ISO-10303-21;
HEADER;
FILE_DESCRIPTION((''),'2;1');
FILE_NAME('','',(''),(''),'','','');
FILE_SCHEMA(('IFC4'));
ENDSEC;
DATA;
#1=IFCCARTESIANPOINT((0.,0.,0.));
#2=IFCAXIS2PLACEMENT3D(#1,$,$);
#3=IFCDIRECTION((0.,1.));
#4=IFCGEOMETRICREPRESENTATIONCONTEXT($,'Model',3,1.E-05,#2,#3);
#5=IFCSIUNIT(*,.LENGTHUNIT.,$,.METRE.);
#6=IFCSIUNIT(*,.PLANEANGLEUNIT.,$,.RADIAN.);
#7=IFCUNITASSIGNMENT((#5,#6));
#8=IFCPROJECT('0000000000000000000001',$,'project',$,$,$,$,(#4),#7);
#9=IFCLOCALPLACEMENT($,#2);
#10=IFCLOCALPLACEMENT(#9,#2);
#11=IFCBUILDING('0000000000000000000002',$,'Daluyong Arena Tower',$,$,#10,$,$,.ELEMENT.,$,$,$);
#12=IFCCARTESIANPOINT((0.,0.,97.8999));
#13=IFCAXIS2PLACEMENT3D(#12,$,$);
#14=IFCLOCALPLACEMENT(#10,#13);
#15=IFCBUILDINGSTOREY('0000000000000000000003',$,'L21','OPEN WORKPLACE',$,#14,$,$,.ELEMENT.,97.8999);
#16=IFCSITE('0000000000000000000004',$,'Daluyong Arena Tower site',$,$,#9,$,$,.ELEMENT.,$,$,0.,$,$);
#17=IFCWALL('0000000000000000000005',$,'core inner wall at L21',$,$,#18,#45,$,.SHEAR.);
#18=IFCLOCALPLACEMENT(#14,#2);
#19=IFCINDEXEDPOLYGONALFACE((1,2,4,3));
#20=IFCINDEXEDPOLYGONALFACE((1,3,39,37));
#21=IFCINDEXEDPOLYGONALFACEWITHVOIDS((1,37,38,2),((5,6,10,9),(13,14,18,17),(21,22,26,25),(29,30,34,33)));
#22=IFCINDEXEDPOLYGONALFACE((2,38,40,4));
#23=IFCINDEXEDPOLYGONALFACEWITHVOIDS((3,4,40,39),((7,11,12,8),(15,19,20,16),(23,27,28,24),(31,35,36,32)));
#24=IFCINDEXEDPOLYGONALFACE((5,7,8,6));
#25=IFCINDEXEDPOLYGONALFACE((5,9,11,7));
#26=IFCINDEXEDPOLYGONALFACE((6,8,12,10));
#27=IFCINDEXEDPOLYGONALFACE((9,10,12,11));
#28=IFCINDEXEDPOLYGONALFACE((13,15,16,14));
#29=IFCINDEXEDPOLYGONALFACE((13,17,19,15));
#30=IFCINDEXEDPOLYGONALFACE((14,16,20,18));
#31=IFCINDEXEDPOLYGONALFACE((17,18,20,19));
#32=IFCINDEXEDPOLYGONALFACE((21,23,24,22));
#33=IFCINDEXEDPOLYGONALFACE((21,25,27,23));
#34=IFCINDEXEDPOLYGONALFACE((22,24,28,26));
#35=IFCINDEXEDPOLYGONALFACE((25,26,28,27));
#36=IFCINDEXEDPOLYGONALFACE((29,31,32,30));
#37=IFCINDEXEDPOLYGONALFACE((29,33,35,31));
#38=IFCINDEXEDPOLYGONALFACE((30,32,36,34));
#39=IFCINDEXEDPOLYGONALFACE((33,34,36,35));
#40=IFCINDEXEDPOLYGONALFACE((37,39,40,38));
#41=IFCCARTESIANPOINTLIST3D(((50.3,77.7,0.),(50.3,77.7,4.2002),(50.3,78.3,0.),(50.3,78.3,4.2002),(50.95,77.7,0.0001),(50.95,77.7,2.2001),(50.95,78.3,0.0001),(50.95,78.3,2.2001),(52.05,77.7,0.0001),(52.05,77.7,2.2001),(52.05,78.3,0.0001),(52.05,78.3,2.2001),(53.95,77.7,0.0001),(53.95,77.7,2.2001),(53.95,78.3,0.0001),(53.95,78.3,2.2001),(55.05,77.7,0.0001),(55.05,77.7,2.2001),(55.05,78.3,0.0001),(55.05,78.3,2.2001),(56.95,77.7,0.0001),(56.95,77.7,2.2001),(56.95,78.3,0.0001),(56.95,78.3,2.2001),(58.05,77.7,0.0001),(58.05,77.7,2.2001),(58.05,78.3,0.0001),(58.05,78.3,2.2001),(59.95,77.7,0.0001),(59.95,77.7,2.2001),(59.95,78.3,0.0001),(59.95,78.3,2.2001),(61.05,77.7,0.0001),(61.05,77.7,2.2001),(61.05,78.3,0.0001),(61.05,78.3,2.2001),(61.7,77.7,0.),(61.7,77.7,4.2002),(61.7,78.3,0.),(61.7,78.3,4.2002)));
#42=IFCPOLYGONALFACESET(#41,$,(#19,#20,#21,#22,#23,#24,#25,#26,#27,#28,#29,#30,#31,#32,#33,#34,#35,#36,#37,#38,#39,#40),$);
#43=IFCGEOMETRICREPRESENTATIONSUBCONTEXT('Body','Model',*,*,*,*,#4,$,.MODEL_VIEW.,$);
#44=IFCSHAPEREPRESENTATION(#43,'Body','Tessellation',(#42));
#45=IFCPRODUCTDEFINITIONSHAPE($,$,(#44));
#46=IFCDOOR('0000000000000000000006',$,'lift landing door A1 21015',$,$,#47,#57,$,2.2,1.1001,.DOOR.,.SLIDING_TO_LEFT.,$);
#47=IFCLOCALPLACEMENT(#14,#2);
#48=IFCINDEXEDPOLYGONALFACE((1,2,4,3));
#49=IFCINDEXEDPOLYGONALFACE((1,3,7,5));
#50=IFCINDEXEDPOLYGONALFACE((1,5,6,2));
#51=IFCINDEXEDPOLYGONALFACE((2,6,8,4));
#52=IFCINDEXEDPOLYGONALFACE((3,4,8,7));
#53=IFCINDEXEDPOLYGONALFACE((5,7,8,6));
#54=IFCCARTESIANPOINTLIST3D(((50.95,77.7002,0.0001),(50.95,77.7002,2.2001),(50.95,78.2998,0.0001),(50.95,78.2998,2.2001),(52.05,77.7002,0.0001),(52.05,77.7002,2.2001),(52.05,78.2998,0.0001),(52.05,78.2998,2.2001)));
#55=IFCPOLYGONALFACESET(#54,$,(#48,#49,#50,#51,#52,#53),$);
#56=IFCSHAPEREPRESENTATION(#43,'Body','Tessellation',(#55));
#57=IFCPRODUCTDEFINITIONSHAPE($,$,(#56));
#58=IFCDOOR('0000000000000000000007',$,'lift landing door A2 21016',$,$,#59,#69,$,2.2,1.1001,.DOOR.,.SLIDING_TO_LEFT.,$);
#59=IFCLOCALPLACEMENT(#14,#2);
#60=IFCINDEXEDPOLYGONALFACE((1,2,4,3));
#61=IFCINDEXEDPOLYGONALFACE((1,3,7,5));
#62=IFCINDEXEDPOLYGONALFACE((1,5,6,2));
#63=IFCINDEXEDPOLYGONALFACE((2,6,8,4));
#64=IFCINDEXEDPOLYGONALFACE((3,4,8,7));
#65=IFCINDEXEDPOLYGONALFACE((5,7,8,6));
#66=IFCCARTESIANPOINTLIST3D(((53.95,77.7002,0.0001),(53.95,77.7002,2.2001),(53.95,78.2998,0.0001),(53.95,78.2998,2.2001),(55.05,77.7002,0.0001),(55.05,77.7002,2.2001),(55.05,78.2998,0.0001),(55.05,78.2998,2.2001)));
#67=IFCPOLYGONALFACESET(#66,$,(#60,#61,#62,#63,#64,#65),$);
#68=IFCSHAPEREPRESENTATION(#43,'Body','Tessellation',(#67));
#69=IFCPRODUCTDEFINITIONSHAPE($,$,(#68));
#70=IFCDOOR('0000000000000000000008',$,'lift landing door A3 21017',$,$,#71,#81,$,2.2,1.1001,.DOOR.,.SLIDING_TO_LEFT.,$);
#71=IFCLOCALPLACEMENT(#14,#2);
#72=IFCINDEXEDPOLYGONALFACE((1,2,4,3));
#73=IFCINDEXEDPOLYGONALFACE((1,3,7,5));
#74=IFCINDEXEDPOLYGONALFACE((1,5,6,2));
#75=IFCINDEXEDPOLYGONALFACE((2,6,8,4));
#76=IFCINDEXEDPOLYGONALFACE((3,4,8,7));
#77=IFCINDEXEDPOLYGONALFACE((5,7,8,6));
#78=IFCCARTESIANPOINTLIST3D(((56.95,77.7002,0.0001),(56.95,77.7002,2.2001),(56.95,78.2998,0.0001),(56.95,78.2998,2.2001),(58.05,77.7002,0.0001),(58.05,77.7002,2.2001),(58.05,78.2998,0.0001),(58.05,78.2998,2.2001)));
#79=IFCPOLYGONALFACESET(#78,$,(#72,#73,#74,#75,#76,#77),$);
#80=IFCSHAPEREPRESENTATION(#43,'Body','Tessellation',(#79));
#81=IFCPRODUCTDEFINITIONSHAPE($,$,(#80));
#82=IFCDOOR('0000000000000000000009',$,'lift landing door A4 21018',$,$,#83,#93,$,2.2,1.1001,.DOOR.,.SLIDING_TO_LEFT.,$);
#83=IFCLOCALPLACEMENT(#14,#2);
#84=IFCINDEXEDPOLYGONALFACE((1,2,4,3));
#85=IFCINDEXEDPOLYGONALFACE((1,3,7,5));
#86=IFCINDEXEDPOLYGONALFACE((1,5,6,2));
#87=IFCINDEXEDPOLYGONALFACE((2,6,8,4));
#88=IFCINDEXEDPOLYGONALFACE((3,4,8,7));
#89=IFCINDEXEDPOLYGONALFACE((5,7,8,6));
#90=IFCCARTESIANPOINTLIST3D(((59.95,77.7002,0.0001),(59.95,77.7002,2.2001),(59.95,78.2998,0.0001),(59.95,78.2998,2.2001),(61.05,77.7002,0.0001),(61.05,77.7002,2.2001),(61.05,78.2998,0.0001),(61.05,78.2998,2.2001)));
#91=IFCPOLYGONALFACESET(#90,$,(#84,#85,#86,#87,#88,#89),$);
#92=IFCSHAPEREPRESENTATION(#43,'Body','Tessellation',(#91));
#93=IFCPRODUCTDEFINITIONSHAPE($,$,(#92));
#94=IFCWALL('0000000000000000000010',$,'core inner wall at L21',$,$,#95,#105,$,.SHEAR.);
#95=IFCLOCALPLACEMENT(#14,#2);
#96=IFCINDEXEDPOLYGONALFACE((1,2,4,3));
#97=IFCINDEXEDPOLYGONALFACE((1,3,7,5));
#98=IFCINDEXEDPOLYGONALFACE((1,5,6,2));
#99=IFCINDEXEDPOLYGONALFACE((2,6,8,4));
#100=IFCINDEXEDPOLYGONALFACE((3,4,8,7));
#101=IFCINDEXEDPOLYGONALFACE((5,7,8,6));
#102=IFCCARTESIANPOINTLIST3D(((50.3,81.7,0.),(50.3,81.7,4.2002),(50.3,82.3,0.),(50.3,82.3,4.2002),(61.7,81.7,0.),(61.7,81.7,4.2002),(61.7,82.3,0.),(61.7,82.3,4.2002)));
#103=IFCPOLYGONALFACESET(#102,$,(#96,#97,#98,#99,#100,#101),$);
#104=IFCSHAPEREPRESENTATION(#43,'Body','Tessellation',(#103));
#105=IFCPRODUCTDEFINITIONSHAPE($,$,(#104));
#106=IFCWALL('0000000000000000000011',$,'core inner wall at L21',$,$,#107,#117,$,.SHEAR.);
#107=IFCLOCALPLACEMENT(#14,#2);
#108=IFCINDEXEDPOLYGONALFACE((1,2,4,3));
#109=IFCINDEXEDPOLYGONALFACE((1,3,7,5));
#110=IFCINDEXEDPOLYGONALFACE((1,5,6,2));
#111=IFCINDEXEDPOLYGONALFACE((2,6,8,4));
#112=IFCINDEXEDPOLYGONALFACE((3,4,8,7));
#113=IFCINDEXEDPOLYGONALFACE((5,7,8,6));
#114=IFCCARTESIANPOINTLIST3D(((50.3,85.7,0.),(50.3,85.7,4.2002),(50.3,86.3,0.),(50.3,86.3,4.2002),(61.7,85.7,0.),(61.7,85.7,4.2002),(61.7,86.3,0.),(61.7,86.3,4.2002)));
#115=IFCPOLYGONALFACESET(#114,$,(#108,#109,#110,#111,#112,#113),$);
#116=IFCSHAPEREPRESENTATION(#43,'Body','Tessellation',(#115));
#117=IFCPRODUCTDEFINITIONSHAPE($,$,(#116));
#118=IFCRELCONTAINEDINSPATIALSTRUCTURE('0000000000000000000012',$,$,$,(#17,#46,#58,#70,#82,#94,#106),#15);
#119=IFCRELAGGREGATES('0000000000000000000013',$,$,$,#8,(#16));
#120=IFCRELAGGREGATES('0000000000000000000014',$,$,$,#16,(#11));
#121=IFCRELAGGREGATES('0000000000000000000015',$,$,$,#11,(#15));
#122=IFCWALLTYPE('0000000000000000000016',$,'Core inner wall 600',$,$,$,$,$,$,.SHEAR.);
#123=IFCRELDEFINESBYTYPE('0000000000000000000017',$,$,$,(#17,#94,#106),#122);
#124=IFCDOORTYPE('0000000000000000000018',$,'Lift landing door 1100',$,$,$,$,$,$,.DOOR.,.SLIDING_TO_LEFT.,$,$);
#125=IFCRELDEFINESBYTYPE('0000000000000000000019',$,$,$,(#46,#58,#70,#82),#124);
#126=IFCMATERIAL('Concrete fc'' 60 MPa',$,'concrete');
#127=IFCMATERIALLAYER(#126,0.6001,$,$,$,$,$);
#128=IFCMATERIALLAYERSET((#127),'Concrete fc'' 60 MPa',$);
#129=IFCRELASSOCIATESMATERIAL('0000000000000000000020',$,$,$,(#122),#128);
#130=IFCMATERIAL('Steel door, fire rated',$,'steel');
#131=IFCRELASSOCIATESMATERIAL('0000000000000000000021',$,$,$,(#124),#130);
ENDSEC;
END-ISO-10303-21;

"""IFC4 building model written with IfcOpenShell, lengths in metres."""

from ifc_helpers import new_model, si_unit, direction, frame, frame_2d, origin, place, context, subcontext, project, spatial, rectangle, extrude, material, layer, layer_set, type_object, element, fill, save


model = new_model("IFC4")

# Units and contexts
model_context = context("Model", 3, precision=1e-05, world=origin(), true_north=direction((0.0, 1.0)))
body_context = subcontext(model_context, "Body", "Model", "MODEL_VIEW")
ifc_project = project(units=[si_unit("LENGTHUNIT", "METRE"), si_unit("PLANEANGLEUNIT", "RADIAN")], contexts=[model_context])

# Site, building, storey
site_placement = place(None, origin())
site = spatial("IfcSite", under=ifc_project, at=site_placement, Name="Daluyong Arena Tower site", CompositionType="ELEMENT", RefElevation=0.0)
building_placement = place(site_placement, origin())
building = spatial("IfcBuilding", under=site, at=building_placement, Name="Daluyong Arena Tower", CompositionType="ELEMENT")
storey_placement = place(building_placement, frame((0.0, 0.0, 97.8999)))
storey = spatial("IfcBuildingStorey", under=building, at=storey_placement, Name="L21", Description="OPEN WORKPLACE", CompositionType="ELEMENT", Elevation=97.8999)

# Shared definitions
ifc_material_1 = material(Name="Concrete fc' 60 MPa", Category="concrete")
ifc_layer_1 = layer(ifc_material_1, 0.6001)
ifc_layer_set_1 = layer_set([ifc_layer_1], Name="Concrete fc' 60 MPa")
wall_type_1 = type_object("IfcWallType", Name="Core inner wall 600", PredefinedType="SHEAR", material=ifc_layer_set_1)

# Wall, openings, doors
wall_1_placement = place(storey_placement, frame((50.3, 78.0, 0.0), z_axis=(0.0, 0.0, 1.0), x_axis=(1.0, 0.0, 0.0)))
wall_1 = element("IfcWall", 1, at=wall_1_placement, inside=storey, type_object=wall_type_1, Name="core inner wall at L21", PredefinedType="SHEAR", context=body_context, shape_type="SweptSolid", body=[
    extrude(rectangle(XDim=11.3999, YDim=0.6001, at=frame_2d((5.7, 0.0))), origin(), (0.0, 0.0, 1.0), 4.2002),
])
opening_1_placement = place(wall_1_placement, frame((0.6499, 0.0, 0.0)))
opening_1 = element("IfcOpeningElement", 2, at=opening_1_placement, cuts=wall_1, PredefinedType="OPENING", context=body_context, shape_type="SweptSolid", body=[
    extrude(rectangle(XDim=1.1001, YDim=2.2, at=frame_2d((0.55, 1.1001))), frame((0.0, 0.3101, 0.0), z_axis=(0.0, -1.0, 0.0), x_axis=(1.0, 0.0, 0.0)), (0.0, 0.0, 1.0), 0.6201),
])
opening_2_placement = place(wall_1_placement, frame((3.6499, 0.0, 0.0)))
opening_2 = element("IfcOpeningElement", 3, at=opening_2_placement, cuts=wall_1, PredefinedType="OPENING", context=body_context, shape_type="SweptSolid", body=[
    extrude(rectangle(XDim=1.1001, YDim=2.2, at=frame_2d((0.55, 1.1001))), frame((0.0, 0.3101, 0.0), z_axis=(0.0, -1.0, 0.0), x_axis=(1.0, 0.0, 0.0)), (0.0, 0.0, 1.0), 0.6201),
])
opening_3_placement = place(wall_1_placement, frame((6.6499, 0.0, 0.0)))
opening_3 = element("IfcOpeningElement", 4, at=opening_3_placement, cuts=wall_1, PredefinedType="OPENING", context=body_context, shape_type="SweptSolid", body=[
    extrude(rectangle(XDim=1.1001, YDim=2.2, at=frame_2d((0.55, 1.1001))), frame((0.0, 0.3101, 0.0), z_axis=(0.0, -1.0, 0.0), x_axis=(1.0, 0.0, 0.0)), (0.0, 0.0, 1.0), 0.6201),
])
opening_4_placement = place(wall_1_placement, frame((9.6499, 0.0, 0.0)))
opening_4 = element("IfcOpeningElement", 5, at=opening_4_placement, cuts=wall_1, PredefinedType="OPENING", context=body_context, shape_type="SweptSolid", body=[
    extrude(rectangle(XDim=1.1001, YDim=2.2, at=frame_2d((0.55, 1.1001))), frame((0.0, 0.3101, 0.0), z_axis=(0.0, -1.0, 0.0), x_axis=(1.0, 0.0, 0.0)), (0.0, 0.0, 1.0), 0.6201),
])
ifc_material_2 = material(Name="Steel door, fire rated", Category="steel")
door_type_1 = type_object("IfcDoorType", Name="Lift landing door 1100", OperationType="SLIDING_TO_LEFT", PredefinedType="DOOR", material=ifc_material_2)
door_1_placement = place(opening_1_placement, origin())
door_1 = element("IfcDoor", 6, at=door_1_placement, inside=storey, type_object=door_type_1, Name="lift landing door A1 21015", OperationType="SLIDING_TO_LEFT", OverallHeight=2.2, OverallWidth=1.1001, PredefinedType="DOOR", context=body_context, shape_type="SweptSolid", body=[
    extrude(rectangle(XDim=1.1001, YDim=2.2, at=frame_2d((0.55, 1.1001))), frame((0.0, 0.2998, 0.0), z_axis=(0.0, -1.0, 0.0), x_axis=(1.0, 0.0, 0.0)), (0.0, 0.0, 1.0), 0.5996),
])
fill(opening_1, door_1)
door_2_placement = place(opening_2_placement, origin())
door_2 = element("IfcDoor", 7, at=door_2_placement, inside=storey, type_object=door_type_1, Name="lift landing door A2 21016", OperationType="SLIDING_TO_LEFT", OverallHeight=2.2, OverallWidth=1.1001, PredefinedType="DOOR", context=body_context, shape_type="SweptSolid", body=[
    extrude(rectangle(XDim=1.1001, YDim=2.2, at=frame_2d((0.55, 1.1001))), frame((0.0, 0.2998, 0.0), z_axis=(0.0, -1.0, 0.0), x_axis=(1.0, 0.0, 0.0)), (0.0, 0.0, 1.0), 0.5996),
])
fill(opening_2, door_2)
door_3_placement = place(opening_3_placement, origin())
door_3 = element("IfcDoor", 8, at=door_3_placement, inside=storey, type_object=door_type_1, Name="lift landing door A3 21017", OperationType="SLIDING_TO_LEFT", OverallHeight=2.2, OverallWidth=1.1001, PredefinedType="DOOR", context=body_context, shape_type="SweptSolid", body=[
    extrude(rectangle(XDim=1.1001, YDim=2.2, at=frame_2d((0.55, 1.1001))), frame((0.0, 0.2998, 0.0), z_axis=(0.0, -1.0, 0.0), x_axis=(1.0, 0.0, 0.0)), (0.0, 0.0, 1.0), 0.5996),
])
fill(opening_3, door_3)
door_4_placement = place(opening_4_placement, origin())
door_4 = element("IfcDoor", 9, at=door_4_placement, inside=storey, type_object=door_type_1, Name="lift landing door A4 21018", OperationType="SLIDING_TO_LEFT", OverallHeight=2.2, OverallWidth=1.1001, PredefinedType="DOOR", context=body_context, shape_type="SweptSolid", body=[
    extrude(rectangle(XDim=1.1001, YDim=2.2, at=frame_2d((0.55, 1.1001))), frame((0.0, 0.2998, 0.0), z_axis=(0.0, -1.0, 0.0), x_axis=(1.0, 0.0, 0.0)), (0.0, 0.0, 1.0), 0.5996),
])
fill(opening_4, door_4)

# Walls
for number, where, z_axis, x_axis, name in (
    (10, (50.3, 82.0, 0.0), (0.0, 0.0, 1.0), (1.0, 0.0, 0.0), "core inner wall at L21"),
    (11, (50.3, 86.0, 0.0), (0.0, 0.0, 1.0), (1.0, 0.0, 0.0), "core inner wall at L21"),
):
    element("IfcWall", number, at=place(storey_placement, frame(where, z_axis=z_axis, x_axis=x_axis)), inside=storey, type_object=wall_type_1, Name=name, PredefinedType="SHEAR", context=body_context, shape_type="SweptSolid", body=[
        extrude(rectangle(XDim=11.3999, YDim=0.6001, at=frame_2d((5.7, 0.0))), origin(), (0.0, 0.0, 1.0), 4.2002),
    ])

save(model, "model.ifc")
